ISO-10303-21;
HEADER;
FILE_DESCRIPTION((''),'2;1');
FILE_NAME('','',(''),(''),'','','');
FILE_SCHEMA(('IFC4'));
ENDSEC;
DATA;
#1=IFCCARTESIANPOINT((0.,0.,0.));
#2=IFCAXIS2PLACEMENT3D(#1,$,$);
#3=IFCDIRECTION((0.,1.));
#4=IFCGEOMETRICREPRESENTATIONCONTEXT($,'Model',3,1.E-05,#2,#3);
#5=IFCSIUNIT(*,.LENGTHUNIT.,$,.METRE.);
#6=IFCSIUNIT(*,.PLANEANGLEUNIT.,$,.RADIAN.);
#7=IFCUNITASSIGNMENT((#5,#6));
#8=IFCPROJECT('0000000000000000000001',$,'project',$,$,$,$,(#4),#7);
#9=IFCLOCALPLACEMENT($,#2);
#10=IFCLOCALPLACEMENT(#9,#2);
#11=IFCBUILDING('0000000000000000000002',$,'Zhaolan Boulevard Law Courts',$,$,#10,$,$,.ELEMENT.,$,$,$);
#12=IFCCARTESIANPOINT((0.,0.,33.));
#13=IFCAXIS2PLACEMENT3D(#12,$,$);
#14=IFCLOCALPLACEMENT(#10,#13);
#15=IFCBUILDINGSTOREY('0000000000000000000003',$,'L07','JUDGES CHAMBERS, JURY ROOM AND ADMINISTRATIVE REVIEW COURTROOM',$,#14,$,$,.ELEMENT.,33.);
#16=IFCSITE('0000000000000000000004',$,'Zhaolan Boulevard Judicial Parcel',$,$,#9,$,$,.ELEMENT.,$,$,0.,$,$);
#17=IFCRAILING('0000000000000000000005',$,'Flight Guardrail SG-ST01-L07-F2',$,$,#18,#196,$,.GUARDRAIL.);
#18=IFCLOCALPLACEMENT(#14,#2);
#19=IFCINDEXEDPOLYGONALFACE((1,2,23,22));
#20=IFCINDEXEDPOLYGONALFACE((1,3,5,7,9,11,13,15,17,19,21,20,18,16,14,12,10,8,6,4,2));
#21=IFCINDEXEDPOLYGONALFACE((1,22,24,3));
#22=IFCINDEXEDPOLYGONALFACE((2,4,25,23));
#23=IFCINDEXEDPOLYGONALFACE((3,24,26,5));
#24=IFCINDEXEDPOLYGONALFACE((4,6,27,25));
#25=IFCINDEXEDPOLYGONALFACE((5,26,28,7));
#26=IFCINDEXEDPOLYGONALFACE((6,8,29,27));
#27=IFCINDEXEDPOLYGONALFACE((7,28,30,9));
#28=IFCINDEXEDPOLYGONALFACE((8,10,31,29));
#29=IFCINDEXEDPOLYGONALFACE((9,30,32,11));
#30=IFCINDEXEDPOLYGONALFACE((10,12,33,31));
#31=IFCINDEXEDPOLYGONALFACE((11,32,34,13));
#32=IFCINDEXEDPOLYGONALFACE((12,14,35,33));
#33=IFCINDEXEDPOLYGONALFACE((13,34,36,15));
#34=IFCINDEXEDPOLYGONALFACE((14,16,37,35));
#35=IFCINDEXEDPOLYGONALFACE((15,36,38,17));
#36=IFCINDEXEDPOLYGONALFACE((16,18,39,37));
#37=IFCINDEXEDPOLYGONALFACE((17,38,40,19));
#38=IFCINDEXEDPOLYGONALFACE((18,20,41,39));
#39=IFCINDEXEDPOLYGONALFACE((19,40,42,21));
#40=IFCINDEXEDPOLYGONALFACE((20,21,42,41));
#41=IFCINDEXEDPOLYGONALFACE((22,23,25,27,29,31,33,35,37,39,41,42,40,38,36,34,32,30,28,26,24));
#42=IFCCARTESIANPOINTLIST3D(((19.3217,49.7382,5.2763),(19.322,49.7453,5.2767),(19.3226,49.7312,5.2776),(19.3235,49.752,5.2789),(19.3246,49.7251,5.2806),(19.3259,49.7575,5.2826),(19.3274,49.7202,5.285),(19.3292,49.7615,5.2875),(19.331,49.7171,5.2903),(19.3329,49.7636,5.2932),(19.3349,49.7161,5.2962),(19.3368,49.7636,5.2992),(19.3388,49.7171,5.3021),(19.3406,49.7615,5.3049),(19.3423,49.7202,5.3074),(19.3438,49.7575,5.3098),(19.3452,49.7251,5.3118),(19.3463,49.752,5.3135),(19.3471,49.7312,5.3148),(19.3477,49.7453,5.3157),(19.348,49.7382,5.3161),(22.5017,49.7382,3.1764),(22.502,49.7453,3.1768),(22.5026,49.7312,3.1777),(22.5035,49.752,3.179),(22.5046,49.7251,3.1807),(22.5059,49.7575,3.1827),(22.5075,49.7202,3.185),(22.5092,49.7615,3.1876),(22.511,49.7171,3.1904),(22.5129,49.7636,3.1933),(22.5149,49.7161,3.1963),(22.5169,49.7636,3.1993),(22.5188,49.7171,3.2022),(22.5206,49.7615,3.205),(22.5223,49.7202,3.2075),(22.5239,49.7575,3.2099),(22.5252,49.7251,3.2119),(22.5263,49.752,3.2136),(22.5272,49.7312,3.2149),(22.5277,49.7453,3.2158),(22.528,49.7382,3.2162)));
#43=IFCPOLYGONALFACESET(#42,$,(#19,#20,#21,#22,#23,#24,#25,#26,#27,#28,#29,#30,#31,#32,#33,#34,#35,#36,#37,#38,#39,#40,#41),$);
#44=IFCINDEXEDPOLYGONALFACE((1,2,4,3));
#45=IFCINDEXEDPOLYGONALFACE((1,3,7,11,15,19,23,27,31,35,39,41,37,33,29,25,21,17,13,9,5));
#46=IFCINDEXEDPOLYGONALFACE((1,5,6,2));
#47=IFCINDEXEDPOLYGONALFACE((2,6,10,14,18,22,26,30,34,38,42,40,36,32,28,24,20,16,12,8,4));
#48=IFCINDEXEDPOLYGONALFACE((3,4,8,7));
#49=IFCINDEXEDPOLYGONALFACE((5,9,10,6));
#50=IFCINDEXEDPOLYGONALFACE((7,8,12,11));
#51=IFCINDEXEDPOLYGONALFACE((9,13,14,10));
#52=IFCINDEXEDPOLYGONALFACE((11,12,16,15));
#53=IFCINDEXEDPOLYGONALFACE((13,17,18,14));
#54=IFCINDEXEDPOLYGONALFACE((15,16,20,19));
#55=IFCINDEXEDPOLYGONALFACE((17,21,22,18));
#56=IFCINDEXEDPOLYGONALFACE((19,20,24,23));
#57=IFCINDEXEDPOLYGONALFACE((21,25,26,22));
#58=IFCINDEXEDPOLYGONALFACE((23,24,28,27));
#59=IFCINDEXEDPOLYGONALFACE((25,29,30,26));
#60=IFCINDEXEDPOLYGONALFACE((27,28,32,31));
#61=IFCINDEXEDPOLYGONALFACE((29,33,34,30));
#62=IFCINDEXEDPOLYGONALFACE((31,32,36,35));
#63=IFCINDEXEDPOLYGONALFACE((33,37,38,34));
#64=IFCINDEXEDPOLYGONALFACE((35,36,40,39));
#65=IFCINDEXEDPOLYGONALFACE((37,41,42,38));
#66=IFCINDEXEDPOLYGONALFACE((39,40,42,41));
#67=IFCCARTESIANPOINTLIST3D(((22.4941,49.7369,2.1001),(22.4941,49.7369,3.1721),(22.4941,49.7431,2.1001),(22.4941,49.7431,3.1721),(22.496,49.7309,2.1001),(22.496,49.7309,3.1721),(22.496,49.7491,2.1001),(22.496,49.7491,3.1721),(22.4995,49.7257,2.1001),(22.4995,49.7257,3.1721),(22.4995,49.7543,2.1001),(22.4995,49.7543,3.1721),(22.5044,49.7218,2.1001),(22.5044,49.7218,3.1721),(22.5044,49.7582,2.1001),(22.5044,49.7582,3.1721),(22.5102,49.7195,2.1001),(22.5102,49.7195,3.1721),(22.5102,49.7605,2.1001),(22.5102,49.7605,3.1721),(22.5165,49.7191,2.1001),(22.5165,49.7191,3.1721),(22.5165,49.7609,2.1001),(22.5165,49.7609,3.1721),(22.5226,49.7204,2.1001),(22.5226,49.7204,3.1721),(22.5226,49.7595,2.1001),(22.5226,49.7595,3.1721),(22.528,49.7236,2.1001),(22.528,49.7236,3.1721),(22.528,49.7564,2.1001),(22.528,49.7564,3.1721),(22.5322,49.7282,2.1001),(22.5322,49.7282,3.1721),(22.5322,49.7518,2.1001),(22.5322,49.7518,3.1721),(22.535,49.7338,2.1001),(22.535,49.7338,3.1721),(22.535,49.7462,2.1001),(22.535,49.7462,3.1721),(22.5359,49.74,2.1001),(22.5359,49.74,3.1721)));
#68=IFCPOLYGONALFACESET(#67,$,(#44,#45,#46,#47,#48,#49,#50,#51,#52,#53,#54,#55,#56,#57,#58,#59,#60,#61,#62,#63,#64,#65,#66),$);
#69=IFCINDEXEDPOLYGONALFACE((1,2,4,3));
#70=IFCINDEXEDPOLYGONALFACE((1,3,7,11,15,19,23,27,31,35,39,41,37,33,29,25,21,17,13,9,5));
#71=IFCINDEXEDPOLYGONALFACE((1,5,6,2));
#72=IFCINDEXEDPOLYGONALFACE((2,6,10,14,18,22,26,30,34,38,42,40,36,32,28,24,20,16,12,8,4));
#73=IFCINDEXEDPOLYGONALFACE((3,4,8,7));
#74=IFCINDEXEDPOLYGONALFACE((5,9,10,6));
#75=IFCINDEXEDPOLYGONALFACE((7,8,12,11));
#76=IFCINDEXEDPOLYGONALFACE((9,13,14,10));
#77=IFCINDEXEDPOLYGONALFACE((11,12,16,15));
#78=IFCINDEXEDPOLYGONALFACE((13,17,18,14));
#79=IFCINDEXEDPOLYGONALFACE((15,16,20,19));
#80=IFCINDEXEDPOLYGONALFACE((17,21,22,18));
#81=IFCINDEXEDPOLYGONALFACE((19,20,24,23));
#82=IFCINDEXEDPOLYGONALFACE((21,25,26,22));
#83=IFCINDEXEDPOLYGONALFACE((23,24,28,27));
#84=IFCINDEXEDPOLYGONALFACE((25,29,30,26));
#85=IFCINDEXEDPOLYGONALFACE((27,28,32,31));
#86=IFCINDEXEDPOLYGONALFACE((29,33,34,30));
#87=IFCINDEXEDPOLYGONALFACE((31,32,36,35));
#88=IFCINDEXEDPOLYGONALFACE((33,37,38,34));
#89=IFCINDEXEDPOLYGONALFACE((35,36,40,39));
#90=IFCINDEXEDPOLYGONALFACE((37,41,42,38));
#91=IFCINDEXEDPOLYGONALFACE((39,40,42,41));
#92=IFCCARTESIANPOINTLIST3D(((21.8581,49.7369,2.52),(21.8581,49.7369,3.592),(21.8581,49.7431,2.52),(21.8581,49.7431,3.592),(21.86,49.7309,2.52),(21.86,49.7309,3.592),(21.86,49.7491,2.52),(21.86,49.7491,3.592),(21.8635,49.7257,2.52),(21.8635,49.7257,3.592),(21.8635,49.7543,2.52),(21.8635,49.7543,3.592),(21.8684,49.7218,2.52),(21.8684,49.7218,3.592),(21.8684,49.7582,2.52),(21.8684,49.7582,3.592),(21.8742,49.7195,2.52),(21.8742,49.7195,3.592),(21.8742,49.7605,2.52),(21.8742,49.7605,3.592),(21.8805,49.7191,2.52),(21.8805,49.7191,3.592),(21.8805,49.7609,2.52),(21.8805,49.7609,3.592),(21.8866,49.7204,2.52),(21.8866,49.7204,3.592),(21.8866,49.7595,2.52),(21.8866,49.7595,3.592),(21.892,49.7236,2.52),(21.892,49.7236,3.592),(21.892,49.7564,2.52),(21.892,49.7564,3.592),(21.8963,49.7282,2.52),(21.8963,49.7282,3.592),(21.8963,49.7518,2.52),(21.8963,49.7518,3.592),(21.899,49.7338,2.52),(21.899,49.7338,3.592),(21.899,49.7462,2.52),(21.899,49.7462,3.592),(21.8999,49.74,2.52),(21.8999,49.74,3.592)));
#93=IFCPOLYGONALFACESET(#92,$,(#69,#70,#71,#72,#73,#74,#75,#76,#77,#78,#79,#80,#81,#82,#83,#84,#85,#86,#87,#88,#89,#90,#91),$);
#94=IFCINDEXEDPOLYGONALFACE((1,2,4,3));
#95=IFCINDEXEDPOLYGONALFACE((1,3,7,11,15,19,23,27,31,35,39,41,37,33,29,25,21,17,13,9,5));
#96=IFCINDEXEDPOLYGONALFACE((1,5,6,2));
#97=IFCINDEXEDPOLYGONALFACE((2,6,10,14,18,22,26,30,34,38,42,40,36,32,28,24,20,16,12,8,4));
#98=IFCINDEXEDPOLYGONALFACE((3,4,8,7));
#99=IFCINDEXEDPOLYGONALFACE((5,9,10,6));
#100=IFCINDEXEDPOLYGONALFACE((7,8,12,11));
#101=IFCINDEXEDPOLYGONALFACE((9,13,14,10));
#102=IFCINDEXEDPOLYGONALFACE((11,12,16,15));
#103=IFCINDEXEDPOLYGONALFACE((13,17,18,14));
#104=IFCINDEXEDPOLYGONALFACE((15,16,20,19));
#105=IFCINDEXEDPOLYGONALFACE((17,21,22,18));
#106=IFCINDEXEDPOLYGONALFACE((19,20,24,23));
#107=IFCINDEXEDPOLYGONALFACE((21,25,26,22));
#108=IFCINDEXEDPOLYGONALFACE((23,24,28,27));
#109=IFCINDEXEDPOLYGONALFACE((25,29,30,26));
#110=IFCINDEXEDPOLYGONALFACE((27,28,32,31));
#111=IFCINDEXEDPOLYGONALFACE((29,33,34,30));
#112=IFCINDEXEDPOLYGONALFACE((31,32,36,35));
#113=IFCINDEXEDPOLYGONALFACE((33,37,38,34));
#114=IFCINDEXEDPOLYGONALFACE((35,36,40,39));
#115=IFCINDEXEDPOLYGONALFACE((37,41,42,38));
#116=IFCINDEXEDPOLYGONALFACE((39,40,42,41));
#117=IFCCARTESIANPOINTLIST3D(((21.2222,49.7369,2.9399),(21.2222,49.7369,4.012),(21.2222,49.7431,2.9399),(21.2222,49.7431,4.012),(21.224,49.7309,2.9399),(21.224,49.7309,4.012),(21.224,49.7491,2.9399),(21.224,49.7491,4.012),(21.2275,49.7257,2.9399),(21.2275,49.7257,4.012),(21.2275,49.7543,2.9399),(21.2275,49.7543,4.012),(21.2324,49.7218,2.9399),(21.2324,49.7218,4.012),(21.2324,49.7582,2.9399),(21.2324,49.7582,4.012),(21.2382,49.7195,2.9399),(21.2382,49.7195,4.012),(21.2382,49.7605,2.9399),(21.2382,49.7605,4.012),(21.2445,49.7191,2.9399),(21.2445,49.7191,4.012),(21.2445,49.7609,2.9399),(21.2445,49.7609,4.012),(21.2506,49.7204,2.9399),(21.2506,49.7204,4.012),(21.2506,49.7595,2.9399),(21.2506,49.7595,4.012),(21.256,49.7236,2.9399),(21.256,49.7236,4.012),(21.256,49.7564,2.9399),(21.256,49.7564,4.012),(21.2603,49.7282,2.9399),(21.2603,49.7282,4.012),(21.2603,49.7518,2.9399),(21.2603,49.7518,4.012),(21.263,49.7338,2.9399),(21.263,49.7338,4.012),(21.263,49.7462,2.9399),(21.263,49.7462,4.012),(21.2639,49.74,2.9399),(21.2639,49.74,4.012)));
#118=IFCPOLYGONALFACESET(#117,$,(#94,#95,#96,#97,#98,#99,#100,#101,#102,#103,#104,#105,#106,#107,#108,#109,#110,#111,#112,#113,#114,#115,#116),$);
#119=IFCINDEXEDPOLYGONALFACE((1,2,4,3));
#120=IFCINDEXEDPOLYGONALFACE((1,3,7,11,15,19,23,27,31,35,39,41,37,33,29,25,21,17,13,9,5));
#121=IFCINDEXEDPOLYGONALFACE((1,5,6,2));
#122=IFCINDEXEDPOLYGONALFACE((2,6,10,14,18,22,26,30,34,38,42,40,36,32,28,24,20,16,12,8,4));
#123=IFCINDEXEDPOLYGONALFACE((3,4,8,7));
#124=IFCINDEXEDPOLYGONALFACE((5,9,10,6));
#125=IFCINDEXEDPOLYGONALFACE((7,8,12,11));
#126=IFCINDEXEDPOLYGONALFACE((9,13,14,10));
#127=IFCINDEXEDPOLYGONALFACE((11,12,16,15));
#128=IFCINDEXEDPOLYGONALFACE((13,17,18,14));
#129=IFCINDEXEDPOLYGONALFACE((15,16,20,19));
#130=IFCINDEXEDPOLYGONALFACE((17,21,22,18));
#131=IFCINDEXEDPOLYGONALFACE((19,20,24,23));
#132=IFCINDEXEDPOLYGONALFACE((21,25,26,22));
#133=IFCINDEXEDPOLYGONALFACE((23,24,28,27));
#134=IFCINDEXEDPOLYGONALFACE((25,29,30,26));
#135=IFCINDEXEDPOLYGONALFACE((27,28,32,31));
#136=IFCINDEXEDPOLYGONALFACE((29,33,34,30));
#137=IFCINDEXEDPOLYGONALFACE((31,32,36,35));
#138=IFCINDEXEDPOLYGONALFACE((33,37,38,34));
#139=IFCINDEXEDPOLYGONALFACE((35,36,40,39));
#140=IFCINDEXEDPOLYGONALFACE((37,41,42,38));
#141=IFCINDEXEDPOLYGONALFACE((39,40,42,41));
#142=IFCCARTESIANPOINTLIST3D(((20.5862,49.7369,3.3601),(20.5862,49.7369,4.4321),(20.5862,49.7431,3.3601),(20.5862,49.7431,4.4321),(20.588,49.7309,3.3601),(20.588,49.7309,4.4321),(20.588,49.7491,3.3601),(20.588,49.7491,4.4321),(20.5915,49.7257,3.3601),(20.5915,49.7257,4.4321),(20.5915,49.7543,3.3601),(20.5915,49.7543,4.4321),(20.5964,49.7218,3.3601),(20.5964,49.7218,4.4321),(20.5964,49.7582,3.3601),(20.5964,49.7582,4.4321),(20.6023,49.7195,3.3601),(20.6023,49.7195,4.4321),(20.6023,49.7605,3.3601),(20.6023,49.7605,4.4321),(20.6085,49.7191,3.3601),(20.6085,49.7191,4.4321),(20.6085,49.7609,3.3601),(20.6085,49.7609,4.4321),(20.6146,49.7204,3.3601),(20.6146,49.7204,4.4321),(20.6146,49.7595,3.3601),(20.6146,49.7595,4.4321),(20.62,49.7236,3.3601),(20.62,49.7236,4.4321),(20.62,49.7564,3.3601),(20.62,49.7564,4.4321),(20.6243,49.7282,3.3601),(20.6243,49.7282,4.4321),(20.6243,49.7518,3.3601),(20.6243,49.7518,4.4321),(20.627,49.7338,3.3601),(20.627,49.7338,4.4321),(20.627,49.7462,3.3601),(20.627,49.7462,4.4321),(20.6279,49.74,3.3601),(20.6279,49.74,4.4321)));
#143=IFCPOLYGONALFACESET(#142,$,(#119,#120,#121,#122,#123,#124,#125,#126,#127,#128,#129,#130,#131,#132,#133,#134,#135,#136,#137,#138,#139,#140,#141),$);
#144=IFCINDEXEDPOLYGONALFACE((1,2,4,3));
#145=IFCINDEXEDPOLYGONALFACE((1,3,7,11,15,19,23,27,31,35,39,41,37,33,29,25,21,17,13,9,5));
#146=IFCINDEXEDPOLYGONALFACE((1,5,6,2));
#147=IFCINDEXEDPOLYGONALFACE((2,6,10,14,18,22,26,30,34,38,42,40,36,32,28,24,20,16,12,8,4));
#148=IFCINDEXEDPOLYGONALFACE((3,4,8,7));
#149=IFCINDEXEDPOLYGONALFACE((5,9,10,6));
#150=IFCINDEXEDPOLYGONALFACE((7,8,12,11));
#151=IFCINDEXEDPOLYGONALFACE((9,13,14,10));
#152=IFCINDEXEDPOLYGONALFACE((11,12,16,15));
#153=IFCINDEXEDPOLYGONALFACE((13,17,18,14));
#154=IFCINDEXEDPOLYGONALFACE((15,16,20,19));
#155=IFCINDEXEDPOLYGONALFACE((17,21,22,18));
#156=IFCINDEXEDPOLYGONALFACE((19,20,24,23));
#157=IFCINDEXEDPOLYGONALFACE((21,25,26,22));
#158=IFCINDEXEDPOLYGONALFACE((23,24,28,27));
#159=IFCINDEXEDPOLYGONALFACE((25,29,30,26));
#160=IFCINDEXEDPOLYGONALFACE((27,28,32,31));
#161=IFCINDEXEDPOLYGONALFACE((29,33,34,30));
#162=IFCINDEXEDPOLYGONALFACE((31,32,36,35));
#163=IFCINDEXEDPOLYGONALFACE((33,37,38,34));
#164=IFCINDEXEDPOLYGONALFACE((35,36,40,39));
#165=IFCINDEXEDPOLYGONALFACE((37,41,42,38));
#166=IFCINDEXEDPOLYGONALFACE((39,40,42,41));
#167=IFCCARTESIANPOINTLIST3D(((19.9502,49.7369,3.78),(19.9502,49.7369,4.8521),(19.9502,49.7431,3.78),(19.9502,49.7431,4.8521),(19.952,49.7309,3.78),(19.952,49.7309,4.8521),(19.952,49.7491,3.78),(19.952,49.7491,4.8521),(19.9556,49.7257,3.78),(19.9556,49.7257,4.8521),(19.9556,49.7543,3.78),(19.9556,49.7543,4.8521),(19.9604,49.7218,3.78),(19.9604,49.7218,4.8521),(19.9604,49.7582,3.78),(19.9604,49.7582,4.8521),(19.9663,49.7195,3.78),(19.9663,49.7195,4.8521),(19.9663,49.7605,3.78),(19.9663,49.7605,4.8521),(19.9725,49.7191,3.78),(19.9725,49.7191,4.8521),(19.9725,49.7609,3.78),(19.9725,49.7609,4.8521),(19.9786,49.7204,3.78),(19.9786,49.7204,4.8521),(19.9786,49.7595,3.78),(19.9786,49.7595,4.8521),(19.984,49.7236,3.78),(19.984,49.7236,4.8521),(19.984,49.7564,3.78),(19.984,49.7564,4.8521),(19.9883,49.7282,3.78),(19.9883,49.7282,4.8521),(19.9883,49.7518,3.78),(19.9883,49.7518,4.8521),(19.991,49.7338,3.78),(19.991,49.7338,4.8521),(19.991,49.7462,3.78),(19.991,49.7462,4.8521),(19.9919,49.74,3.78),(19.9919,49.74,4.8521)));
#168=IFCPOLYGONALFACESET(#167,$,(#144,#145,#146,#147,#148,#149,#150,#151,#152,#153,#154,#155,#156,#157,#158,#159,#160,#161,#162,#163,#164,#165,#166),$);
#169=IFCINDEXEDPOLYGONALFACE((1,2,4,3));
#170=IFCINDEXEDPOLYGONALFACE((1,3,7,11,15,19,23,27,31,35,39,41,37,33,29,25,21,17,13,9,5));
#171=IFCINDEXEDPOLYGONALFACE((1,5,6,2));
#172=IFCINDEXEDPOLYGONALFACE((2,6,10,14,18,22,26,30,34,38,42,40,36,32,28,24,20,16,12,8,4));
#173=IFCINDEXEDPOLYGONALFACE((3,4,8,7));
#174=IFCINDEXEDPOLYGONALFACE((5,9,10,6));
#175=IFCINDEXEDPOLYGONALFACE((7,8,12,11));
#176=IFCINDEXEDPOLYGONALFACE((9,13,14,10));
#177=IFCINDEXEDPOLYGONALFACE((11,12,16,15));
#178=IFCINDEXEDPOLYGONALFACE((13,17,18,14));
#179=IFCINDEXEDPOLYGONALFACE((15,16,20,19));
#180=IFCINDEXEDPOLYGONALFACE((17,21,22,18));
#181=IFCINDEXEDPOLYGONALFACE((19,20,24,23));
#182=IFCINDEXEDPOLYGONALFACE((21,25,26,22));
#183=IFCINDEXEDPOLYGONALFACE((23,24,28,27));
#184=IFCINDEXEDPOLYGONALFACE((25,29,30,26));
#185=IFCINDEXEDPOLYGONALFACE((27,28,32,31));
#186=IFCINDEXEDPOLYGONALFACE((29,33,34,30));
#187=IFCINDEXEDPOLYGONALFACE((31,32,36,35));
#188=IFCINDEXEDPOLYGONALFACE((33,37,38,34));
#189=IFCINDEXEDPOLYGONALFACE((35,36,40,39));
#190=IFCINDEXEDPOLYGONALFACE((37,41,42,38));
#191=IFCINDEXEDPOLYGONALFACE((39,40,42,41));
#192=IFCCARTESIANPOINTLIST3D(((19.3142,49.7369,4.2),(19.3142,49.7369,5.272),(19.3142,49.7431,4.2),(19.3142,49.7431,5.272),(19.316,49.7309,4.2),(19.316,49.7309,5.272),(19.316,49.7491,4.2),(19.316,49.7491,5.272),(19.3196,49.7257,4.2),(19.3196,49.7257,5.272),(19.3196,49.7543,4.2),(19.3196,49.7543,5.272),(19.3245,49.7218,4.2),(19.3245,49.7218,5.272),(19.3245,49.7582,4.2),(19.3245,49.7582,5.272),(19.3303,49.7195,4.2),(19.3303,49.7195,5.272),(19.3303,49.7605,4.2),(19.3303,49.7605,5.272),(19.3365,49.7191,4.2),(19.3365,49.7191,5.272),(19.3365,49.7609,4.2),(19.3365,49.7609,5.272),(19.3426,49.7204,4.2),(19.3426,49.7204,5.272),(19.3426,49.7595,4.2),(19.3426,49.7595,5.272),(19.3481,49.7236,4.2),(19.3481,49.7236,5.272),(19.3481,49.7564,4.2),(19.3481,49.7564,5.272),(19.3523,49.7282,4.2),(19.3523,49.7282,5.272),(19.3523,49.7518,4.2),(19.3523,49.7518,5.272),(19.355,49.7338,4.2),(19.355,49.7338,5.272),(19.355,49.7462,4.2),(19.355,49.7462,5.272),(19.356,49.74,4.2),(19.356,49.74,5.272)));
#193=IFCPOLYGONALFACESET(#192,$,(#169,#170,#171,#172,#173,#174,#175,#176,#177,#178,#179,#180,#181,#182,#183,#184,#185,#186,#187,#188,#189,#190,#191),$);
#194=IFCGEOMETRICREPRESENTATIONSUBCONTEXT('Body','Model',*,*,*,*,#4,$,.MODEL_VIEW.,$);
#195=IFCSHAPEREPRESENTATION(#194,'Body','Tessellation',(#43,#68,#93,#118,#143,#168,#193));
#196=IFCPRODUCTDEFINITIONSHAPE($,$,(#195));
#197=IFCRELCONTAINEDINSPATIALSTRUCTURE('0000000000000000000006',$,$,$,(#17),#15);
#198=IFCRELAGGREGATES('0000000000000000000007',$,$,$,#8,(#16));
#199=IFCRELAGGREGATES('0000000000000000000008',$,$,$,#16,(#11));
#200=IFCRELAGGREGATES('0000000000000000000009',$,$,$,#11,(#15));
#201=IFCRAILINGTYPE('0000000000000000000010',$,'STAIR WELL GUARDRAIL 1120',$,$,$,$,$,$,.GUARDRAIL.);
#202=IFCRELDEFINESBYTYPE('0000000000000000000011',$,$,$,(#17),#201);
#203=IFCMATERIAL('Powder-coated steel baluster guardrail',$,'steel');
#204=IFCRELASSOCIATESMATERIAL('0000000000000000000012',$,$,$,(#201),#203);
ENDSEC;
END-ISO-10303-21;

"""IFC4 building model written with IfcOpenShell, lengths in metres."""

from ifc_helpers import new_model, si_unit, direction, frame, origin, origin_2d, place, context, subcontext, project, spatial, circle, extrude, material, type_object, element, save


model = new_model("IFC4")

# Units and contexts
model_context = context("Model", 3, precision=1e-05, world=origin(), true_north=direction((0.0, 1.0)))
body_context = subcontext(model_context, "Body", "Model", "MODEL_VIEW")
ifc_project = project(units=[si_unit("LENGTHUNIT", "METRE"), si_unit("PLANEANGLEUNIT", "RADIAN")], contexts=[model_context])

# Site, building, storey
site_placement = place(None, origin())
site = spatial("IfcSite", under=ifc_project, at=site_placement, Name="Zhaolan Boulevard Judicial Parcel", CompositionType="ELEMENT", RefElevation=0.0)
building_placement = place(site_placement, origin())
building = spatial("IfcBuilding", under=site, at=building_placement, Name="Zhaolan Boulevard Law Courts", CompositionType="ELEMENT")
storey_placement = place(building_placement, frame((0.0, 0.0, 33.0)))
storey = spatial("IfcBuildingStorey", under=building, at=storey_placement, Name="L07", Description="JUDGES CHAMBERS, JURY ROOM AND ADMINISTRATIVE REVIEW COURTROOM", CompositionType="ELEMENT", Elevation=33.0)

# Railing
ifc_material_1 = material(Name="Powder-coated steel baluster guardrail", Category="steel")
railing_type_1 = type_object("IfcRailingType", Name="STAIR WELL GUARDRAIL 1120", PredefinedType="GUARDRAIL", material=ifc_material_1)
railing_1_placement = place(storey_placement, frame((22.5149, 49.74, 2.1001)))
element("IfcRailing", 1, at=railing_1_placement, inside=storey, type_object=railing_type_1, Name="Flight Guardrail SG-ST01-L07-F2", PredefinedType="GUARDRAIL", context=body_context, shape_type="SweptSolid", body=[
    extrude(circle(Radius=0.0239, at=origin_2d()), frame((0.0, 0.0, 1.0962), z_axis=(-0.834477, 0.0, 0.551043), x_axis=(0.0, -1.0, 0.0)), (0.0, 0.0, 1.0), 3.8108),
    extrude(circle(Radius=0.021, at=origin_2d()), origin(), (0.0, 0.0, 1.0), 1.072),
    extrude(circle(Radius=0.021, at=origin_2d()), frame((-0.636, 0.0, 0.4199)), (0.0, 0.0, 1.0), 1.072),
    extrude(circle(Radius=0.021, at=origin_2d()), frame((-1.272, 0.0, 0.8398)), (0.0, 0.0, 1.0), 1.072),
    extrude(circle(Radius=0.021, at=origin_2d()), frame((-1.908, 0.0, 1.26)), (0.0, 0.0, 1.0), 1.072),
    extrude(circle(Radius=0.021, at=origin_2d()), frame((-2.5439, 0.0, 1.6799)), (0.0, 0.0, 1.0), 1.072),
    extrude(circle(Radius=0.021, at=origin_2d()), frame((-3.1799, 0.0, 2.0999)), (0.0, 0.0, 1.0), 1.072),
])

save(model, "model.ifc")
